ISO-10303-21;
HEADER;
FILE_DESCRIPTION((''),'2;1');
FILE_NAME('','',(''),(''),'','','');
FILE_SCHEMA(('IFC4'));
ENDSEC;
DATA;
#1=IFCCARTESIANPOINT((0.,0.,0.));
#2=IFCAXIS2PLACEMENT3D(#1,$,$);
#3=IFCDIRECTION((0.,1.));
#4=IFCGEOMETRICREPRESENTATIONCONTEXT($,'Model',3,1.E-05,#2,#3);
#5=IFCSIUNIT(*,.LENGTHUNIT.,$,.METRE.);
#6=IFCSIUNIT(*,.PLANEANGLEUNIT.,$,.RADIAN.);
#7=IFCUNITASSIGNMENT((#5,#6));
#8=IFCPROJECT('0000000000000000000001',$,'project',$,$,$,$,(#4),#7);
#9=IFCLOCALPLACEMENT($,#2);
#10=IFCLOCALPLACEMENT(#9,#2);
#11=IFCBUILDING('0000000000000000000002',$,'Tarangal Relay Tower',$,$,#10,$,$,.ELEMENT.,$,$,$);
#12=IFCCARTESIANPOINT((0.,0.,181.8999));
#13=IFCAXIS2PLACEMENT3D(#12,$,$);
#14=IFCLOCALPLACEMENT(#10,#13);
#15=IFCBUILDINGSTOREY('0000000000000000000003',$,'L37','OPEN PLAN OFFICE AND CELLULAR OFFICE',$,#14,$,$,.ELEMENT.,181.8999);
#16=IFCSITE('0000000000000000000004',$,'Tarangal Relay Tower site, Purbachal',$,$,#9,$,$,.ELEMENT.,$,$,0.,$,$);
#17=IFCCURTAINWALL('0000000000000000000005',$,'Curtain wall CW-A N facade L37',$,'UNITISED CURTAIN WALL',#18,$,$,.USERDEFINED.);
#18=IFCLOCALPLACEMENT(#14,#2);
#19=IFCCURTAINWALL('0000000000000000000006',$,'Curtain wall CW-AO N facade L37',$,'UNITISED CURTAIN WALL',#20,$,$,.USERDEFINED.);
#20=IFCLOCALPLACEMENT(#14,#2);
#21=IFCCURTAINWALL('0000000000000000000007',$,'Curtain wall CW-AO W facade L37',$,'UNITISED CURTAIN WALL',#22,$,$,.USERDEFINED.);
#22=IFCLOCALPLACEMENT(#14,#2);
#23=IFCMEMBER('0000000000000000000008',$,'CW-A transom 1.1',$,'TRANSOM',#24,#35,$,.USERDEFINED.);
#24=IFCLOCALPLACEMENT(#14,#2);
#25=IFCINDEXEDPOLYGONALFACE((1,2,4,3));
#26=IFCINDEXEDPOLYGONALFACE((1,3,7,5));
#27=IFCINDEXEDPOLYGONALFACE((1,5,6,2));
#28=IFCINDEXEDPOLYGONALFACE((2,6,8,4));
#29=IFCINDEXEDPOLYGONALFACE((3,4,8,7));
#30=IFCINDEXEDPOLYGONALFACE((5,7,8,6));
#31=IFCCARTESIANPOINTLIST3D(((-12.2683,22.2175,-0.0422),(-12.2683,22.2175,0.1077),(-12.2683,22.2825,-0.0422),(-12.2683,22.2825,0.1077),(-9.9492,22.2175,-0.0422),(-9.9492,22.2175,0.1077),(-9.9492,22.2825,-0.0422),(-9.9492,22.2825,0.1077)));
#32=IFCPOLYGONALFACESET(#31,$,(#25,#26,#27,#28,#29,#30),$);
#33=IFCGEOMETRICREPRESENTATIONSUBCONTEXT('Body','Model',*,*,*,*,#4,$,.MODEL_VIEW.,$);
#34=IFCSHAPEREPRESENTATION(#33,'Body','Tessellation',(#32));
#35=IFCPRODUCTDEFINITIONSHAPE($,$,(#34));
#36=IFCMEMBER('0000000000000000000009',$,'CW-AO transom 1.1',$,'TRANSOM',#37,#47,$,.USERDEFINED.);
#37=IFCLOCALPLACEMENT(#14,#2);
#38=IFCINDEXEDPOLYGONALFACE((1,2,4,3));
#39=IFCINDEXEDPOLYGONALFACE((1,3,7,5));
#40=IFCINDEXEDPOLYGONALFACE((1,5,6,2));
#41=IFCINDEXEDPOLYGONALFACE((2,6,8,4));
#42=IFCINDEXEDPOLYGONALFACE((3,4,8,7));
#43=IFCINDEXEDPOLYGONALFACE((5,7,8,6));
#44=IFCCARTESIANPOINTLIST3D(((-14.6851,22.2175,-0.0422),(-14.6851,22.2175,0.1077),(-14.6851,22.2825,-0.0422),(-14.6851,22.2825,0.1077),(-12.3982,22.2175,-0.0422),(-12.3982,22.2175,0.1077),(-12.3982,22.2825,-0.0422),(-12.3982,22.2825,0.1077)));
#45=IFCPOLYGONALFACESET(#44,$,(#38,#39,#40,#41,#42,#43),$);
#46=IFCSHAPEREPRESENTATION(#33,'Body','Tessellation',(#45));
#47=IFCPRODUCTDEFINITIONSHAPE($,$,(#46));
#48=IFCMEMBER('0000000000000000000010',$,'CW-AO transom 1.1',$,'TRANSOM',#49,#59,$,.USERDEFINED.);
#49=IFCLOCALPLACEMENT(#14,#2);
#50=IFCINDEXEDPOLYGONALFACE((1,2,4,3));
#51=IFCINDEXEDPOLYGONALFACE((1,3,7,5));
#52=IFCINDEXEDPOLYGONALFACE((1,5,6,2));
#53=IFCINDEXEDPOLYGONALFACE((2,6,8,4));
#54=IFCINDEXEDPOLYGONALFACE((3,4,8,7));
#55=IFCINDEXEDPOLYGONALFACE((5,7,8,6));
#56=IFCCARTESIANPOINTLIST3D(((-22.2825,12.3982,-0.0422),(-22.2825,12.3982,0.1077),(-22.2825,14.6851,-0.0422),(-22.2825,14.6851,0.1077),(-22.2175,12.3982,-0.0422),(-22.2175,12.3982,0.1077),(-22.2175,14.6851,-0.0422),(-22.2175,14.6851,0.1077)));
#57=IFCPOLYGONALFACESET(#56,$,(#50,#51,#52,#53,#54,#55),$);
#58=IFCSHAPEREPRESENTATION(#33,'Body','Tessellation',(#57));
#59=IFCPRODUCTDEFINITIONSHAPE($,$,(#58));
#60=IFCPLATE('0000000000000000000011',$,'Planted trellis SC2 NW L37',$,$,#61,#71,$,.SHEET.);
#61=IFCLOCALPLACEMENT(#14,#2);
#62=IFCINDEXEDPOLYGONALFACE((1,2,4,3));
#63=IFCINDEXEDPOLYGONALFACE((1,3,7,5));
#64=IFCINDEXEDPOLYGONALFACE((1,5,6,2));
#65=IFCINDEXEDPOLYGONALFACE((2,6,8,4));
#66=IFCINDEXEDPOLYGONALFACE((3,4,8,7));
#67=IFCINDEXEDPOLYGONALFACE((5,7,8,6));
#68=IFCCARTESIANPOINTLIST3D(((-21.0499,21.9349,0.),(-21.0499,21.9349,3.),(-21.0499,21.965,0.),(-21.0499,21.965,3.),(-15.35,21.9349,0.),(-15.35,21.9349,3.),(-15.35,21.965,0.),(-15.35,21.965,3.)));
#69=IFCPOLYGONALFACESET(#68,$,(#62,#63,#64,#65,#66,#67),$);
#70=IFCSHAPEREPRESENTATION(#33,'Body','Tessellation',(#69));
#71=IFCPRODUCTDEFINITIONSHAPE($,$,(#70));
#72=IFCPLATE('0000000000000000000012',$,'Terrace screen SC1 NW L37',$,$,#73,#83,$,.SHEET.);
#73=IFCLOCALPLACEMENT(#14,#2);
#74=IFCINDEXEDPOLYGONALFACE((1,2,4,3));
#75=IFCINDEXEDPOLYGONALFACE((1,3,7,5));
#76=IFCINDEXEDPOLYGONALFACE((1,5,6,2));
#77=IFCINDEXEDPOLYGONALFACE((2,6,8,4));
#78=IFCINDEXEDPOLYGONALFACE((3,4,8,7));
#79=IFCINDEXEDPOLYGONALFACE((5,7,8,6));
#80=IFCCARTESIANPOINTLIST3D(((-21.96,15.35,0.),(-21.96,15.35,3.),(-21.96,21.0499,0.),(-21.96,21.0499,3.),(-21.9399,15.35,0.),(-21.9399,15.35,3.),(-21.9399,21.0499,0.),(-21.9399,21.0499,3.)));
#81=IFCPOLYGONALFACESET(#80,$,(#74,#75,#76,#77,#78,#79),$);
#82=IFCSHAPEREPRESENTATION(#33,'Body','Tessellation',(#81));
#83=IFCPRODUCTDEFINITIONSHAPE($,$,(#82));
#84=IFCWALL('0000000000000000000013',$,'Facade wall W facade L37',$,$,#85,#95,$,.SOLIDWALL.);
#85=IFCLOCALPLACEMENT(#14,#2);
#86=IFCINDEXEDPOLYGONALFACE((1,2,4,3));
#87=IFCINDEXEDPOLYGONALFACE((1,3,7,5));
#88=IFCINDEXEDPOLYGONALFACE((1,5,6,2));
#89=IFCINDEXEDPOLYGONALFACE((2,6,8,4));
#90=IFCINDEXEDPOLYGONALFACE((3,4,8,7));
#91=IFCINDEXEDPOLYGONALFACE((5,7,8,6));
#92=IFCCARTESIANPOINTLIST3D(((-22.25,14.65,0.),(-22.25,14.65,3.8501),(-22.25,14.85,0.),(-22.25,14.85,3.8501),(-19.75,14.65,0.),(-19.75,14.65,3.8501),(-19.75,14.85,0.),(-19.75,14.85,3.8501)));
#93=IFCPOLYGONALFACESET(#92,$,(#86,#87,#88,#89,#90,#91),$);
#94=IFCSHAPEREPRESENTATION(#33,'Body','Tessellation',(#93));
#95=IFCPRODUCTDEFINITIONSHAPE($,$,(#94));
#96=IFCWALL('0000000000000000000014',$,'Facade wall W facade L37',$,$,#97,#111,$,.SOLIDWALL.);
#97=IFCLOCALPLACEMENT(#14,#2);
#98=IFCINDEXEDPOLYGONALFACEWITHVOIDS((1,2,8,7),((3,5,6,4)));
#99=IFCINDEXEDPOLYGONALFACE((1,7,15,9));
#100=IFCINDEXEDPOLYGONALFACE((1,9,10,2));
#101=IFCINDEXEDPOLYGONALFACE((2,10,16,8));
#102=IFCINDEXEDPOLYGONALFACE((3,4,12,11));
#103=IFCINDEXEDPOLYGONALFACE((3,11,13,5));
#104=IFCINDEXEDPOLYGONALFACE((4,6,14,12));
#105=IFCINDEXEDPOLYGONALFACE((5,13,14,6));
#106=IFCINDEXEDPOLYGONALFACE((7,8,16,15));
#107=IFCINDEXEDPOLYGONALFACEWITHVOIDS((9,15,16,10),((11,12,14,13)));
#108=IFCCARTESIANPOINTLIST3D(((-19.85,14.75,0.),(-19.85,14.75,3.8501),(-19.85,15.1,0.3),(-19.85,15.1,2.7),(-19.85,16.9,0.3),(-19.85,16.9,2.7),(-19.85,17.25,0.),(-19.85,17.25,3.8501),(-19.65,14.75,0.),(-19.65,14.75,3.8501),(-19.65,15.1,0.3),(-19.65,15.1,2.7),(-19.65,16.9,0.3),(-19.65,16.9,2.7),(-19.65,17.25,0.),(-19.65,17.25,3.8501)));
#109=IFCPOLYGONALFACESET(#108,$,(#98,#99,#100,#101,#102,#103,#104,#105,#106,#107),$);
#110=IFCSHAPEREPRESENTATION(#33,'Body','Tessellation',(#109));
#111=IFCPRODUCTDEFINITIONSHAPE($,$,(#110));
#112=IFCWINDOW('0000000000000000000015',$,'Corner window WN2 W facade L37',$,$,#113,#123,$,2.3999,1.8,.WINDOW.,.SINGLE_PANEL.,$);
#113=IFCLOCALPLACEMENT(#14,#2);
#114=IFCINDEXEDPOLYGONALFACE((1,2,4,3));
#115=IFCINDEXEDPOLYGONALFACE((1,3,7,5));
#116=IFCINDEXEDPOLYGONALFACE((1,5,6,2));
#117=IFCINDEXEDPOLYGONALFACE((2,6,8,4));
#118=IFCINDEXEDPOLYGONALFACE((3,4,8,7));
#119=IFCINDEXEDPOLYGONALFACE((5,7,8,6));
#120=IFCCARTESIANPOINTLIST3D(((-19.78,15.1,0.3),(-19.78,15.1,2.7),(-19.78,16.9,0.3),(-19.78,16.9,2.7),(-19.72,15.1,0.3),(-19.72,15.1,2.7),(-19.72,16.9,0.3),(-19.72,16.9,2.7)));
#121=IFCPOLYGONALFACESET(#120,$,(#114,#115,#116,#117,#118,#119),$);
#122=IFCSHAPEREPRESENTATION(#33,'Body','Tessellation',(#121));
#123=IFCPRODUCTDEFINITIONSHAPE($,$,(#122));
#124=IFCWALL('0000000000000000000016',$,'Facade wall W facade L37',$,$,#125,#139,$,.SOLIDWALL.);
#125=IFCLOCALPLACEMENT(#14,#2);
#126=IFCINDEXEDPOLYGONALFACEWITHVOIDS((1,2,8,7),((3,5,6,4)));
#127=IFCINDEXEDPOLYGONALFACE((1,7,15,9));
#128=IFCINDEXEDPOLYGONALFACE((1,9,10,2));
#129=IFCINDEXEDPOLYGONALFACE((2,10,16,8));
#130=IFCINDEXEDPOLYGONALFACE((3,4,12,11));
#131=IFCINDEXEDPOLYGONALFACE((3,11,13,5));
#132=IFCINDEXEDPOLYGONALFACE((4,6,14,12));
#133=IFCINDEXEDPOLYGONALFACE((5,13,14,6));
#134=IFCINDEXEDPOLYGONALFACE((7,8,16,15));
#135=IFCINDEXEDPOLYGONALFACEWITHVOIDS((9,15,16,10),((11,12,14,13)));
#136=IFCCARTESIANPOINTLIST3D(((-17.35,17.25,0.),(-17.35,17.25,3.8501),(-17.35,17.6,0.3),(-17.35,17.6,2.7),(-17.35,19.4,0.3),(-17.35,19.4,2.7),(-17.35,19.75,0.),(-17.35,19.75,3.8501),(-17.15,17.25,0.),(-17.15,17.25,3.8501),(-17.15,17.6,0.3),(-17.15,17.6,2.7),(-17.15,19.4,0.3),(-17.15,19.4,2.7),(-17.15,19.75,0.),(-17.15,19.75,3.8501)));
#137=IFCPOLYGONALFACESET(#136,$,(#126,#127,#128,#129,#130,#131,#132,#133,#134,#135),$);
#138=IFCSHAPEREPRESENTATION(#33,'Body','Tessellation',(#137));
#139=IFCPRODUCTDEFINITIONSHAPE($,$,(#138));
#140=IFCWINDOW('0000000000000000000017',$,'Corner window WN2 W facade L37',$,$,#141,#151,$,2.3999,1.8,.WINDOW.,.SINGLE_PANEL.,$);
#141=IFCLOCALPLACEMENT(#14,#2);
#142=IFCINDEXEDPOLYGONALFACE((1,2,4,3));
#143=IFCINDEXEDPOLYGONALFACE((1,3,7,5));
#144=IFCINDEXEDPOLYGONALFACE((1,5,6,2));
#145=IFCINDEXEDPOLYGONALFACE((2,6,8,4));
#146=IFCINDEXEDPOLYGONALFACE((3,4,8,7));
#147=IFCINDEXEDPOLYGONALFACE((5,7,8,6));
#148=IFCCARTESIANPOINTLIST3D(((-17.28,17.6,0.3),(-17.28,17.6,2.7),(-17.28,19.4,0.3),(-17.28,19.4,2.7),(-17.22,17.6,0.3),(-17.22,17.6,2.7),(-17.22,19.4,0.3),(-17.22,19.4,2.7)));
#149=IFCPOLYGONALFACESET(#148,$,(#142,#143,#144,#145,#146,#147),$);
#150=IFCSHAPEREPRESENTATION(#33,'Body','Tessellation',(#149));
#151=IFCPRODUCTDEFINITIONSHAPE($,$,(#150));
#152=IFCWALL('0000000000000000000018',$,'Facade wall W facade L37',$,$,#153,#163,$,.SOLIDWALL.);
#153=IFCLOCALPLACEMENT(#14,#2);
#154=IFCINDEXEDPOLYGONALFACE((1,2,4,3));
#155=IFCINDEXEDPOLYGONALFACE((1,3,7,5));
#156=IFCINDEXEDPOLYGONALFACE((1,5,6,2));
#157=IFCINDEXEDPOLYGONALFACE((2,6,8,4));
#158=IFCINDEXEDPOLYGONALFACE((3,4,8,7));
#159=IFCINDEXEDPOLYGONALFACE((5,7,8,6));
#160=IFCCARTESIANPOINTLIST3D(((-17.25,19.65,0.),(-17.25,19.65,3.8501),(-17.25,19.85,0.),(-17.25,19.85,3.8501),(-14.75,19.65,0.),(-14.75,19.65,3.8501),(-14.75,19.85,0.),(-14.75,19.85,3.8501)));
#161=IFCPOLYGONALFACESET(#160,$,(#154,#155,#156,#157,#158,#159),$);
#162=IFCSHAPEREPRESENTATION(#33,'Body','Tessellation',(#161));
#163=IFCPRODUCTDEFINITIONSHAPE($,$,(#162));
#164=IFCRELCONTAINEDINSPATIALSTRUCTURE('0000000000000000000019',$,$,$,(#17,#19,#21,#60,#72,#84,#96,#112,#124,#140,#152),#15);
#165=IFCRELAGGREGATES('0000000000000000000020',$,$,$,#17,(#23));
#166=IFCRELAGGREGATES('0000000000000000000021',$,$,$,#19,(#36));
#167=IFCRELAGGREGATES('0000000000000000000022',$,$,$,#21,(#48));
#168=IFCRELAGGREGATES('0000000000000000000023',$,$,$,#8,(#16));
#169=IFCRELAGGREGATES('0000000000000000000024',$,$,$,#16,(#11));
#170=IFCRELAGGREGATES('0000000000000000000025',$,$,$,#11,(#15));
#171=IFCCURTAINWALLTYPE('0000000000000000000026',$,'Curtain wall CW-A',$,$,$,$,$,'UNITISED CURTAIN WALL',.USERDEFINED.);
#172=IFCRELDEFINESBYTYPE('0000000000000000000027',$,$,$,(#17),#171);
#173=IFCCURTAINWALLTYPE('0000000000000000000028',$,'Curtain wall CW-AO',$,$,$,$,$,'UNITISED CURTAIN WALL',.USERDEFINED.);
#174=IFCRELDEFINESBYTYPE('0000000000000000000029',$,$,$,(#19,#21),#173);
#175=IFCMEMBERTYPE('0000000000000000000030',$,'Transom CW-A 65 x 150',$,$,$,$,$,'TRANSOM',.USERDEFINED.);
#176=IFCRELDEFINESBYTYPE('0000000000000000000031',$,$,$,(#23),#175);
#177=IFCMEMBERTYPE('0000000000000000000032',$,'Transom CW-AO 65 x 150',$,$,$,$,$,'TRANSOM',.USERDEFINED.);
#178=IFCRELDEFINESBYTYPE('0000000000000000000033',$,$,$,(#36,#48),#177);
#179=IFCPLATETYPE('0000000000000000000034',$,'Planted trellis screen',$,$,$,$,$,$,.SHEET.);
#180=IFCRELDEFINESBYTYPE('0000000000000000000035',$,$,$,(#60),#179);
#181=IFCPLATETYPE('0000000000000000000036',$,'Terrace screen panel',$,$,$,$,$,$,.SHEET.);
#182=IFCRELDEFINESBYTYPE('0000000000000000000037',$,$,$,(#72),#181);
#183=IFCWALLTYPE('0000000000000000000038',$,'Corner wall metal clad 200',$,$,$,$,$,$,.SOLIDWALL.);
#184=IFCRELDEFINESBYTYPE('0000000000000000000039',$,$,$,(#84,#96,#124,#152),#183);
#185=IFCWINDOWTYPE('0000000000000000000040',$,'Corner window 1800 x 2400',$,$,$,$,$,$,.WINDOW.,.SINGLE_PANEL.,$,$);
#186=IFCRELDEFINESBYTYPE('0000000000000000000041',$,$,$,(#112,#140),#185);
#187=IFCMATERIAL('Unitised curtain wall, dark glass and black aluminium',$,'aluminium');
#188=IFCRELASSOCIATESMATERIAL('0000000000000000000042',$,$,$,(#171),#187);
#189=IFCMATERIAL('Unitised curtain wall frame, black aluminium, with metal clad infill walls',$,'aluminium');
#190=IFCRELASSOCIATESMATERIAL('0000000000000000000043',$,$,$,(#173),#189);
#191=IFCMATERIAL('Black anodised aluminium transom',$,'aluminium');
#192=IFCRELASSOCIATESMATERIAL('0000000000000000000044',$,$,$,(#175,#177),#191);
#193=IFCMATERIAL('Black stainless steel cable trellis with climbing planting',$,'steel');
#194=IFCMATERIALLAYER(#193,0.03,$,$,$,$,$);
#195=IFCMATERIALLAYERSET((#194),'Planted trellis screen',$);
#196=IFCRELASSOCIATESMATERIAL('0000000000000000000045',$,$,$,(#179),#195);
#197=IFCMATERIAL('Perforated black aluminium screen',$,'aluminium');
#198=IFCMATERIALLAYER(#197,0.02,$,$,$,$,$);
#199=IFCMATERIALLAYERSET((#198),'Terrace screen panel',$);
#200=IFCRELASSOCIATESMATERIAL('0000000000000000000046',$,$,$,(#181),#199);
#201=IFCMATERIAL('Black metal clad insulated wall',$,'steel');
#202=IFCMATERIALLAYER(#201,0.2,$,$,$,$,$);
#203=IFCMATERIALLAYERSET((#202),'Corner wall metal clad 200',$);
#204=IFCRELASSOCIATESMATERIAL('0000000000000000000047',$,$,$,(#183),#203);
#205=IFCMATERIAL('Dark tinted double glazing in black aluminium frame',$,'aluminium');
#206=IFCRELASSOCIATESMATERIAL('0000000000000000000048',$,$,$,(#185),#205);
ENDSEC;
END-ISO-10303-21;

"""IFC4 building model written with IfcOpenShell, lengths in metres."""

from ifc_helpers import new_model, si_unit, direction, frame, frame_2d, origin, origin_2d, place, context, subcontext, project, spatial, rectangle, extrude, material, layer, layer_set, material_profile, profile_set, type_object, element, fill, aggregate, save


model = new_model("IFC4")

# Units and contexts
model_context = context("Model", 3, precision=1e-05, world=origin(), true_north=direction((0.0, 1.0)))
body_context = subcontext(model_context, "Body", "Model", "MODEL_VIEW")
ifc_project = project(units=[si_unit("LENGTHUNIT", "METRE"), si_unit("PLANEANGLEUNIT", "RADIAN")], contexts=[model_context])

# Site, building, storey
site_placement = place(None, origin())
site = spatial("IfcSite", under=ifc_project, at=site_placement, Name="Tarangal Relay Tower site, Purbachal", CompositionType="ELEMENT", RefElevation=0.0)
building_placement = place(site_placement, origin())
building = spatial("IfcBuilding", under=site, at=building_placement, Name="Tarangal Relay Tower", CompositionType="ELEMENT")
storey_placement = place(building_placement, frame((0.0, 0.0, 181.8999)))
storey = spatial("IfcBuildingStorey", under=building, at=storey_placement, Name="L37", Description="OPEN PLAN OFFICE AND CELLULAR OFFICE", CompositionType="ELEMENT", Elevation=181.8999)

# Curtain wall
ifc_material_1 = material(Name="Unitised curtain wall, dark glass and black aluminium", Category="aluminium")
curtain_wall_type_1 = type_object("IfcCurtainWallType", Name="Curtain wall CW-A", ElementType="UNITISED CURTAIN WALL", PredefinedType="USERDEFINED", material=ifc_material_1)
curtain_wall_1_placement = place(storey_placement, origin())
curtain_wall_1 = element("IfcCurtainWall", 1, at=curtain_wall_1_placement, inside=storey, type_object=curtain_wall_type_1, Name="Curtain wall CW-A N facade L37", ObjectType="UNITISED CURTAIN WALL", PredefinedType="USERDEFINED")

# Curtain walls
ifc_material_2 = material(Name="Unitised curtain wall frame, black aluminium, with metal clad infill walls", Category="aluminium")
curtain_wall_type_2 = type_object("IfcCurtainWallType", Name="Curtain wall CW-AO", ElementType="UNITISED CURTAIN WALL", PredefinedType="USERDEFINED", material=ifc_material_2)
curtain_wall_2_placement = place(storey_placement, origin())
curtain_wall_2 = element("IfcCurtainWall", 2, at=curtain_wall_2_placement, inside=storey, type_object=curtain_wall_type_2, Name="Curtain wall CW-AO N facade L37", ObjectType="UNITISED CURTAIN WALL", PredefinedType="USERDEFINED")
curtain_wall_3_placement = place(storey_placement, origin())
curtain_wall_3 = element("IfcCurtainWall", 3, at=curtain_wall_3_placement, inside=storey, type_object=curtain_wall_type_2, Name="Curtain wall CW-AO W facade L37", ObjectType="UNITISED CURTAIN WALL", PredefinedType="USERDEFINED")

# Members
ifc_material_3 = material(Name="Black anodised aluminium transom", Category="aluminium")
ifc_material_profile_1 = material_profile(ifc_material_3, rectangle(XDim=0.0649, YDim=0.1499, at=origin_2d()), Name="CW-AT 65X150")
ifc_profile_set_1 = profile_set([ifc_material_profile_1], Name="Black anodised aluminium transom")
member_type_1 = type_object("IfcMemberType", Name="Transom CW-A 65 x 150", ElementType="TRANSOM", PredefinedType="USERDEFINED", material=ifc_profile_set_1)
member_1_placement = place(storey_placement, frame((-12.2683, 22.25, 0.0327), z_axis=(1.0, 0.0, 0.0), x_axis=(0.0, 1.0, 0.0)))
member_1 = element("IfcMember", 4, at=member_1_placement, type_object=member_type_1, Name="CW-A transom 1.1", ObjectType="TRANSOM", PredefinedType="USERDEFINED", context=body_context, shape_type="SweptSolid", body=[
    extrude(rectangle(XDim=0.0649, YDim=0.1499, at=origin_2d()), origin(), (0.0, 0.0, 1.0), 2.3191),
])
aggregate(curtain_wall_1, [member_1])
ifc_material_profile_2 = material_profile(ifc_material_3, rectangle(XDim=0.0649, YDim=0.1499, at=origin_2d()), Name="CW-AOT 65X150")
ifc_profile_set_2 = profile_set([ifc_material_profile_2], Name="Black anodised aluminium transom")
member_type_2 = type_object("IfcMemberType", Name="Transom CW-AO 65 x 150", ElementType="TRANSOM", PredefinedType="USERDEFINED", material=ifc_profile_set_2)
member_2_placement = place(storey_placement, frame((-14.6851, 22.25, 0.0327), z_axis=(1.0, 0.0, 0.0), x_axis=(0.0, 1.0, 0.0)))
member_2 = element("IfcMember", 5, at=member_2_placement, type_object=member_type_2, Name="CW-AO transom 1.1", ObjectType="TRANSOM", PredefinedType="USERDEFINED", context=body_context, shape_type="SweptSolid", body=[
    extrude(rectangle(XDim=0.0649, YDim=0.1499, at=origin_2d()), origin(), (0.0, 0.0, 1.0), 2.2869),
])
aggregate(curtain_wall_2, [member_2])
member_3_placement = place(storey_placement, frame((-22.25, 12.3982, 0.0327), z_axis=(0.0, 1.0, 0.0), x_axis=(-1.0, 0.0, 0.0)))
member_3 = element("IfcMember", 6, at=member_3_placement, type_object=member_type_2, Name="CW-AO transom 1.1", ObjectType="TRANSOM", PredefinedType="USERDEFINED", context=body_context, shape_type="SweptSolid", body=[
    extrude(rectangle(XDim=0.0649, YDim=0.1499, at=origin_2d()), origin(), (0.0, 0.0, 1.0), 2.2869),
])
aggregate(curtain_wall_3, [member_3])

# Plates
ifc_material_4 = material(Name="Black stainless steel cable trellis with climbing planting", Category="steel")
ifc_layer_1 = layer(ifc_material_4, 0.03)
ifc_layer_set_1 = layer_set([ifc_layer_1], Name="Planted trellis screen")
plate_type_1 = type_object("IfcPlateType", Name="Planted trellis screen", PredefinedType="SHEET", material=ifc_layer_set_1)
plate_1_placement = place(storey_placement, frame((-18.2, 21.95, 0.0), z_axis=(0.0, 0.0, 1.0), x_axis=(1.0, 0.0, 0.0)))
element("IfcPlate", 7, at=plate_1_placement, inside=storey, type_object=plate_type_1, Name="Planted trellis SC2 NW L37", PredefinedType="SHEET", context=body_context, shape_type="SweptSolid", body=[
    extrude(rectangle(XDim=5.7, YDim=0.03, at=origin_2d()), origin(), (0.0, 0.0, 1.0), 3.0),
])
ifc_material_5 = material(Name="Perforated black aluminium screen", Category="aluminium")
ifc_layer_2 = layer(ifc_material_5, 0.02)
ifc_layer_set_2 = layer_set([ifc_layer_2], Name="Terrace screen panel")
plate_type_2 = type_object("IfcPlateType", Name="Terrace screen panel", PredefinedType="SHEET", material=ifc_layer_set_2)
plate_2_placement = place(storey_placement, frame((-21.95, 18.2, 0.0), z_axis=(0.0, 0.0, 1.0), x_axis=(0.0, 1.0, 0.0)))
element("IfcPlate", 8, at=plate_2_placement, inside=storey, type_object=plate_type_2, Name="Terrace screen SC1 NW L37", PredefinedType="SHEET", context=body_context, shape_type="SweptSolid", body=[
    extrude(rectangle(XDim=5.7, YDim=0.02, at=origin_2d()), origin(), (0.0, 0.0, 1.0), 3.0),
])

# Wall
ifc_material_6 = material(Name="Black metal clad insulated wall", Category="steel")
ifc_layer_3 = layer(ifc_material_6, 0.2)
ifc_layer_set_3 = layer_set([ifc_layer_3], Name="Corner wall metal clad 200")
wall_type_1 = type_object("IfcWallType", Name="Corner wall metal clad 200", PredefinedType="SOLIDWALL", material=ifc_layer_set_3)
wall_1_placement = place(storey_placement, frame((-22.25, 14.75, 0.0), z_axis=(0.0, 0.0, 1.0), x_axis=(1.0, 0.0, 0.0)))
element("IfcWall", 9, at=wall_1_placement, inside=storey, type_object=wall_type_1, Name="Facade wall W facade L37", PredefinedType="SOLIDWALL", context=body_context, shape_type="SweptSolid", body=[
    extrude(rectangle(XDim=2.5, YDim=0.2, at=frame_2d((1.25, 0.0))), origin(), (0.0, 0.0, 1.0), 3.8501),
])

# Wall, opening, window
wall_2_placement = place(storey_placement, frame((-19.75, 14.75, 0.0), z_axis=(0.0, 0.0, 1.0), x_axis=(0.0, 1.0, 0.0)))
wall_2 = element("IfcWall", 10, at=wall_2_placement, inside=storey, type_object=wall_type_1, Name="Facade wall W facade L37", PredefinedType="SOLIDWALL", context=body_context, shape_type="SweptSolid", body=[
    extrude(rectangle(XDim=2.5, YDim=0.2, at=frame_2d((1.25, 0.0))), origin(), (0.0, 0.0, 1.0), 3.8501),
])
opening_1_placement = place(wall_2_placement, frame((0.3501, 0.0, 0.3)))
opening_1 = element("IfcOpeningElement", 11, at=opening_1_placement, cuts=wall_2, PredefinedType="OPENING", context=body_context, shape_type="SweptSolid", body=[
    extrude(rectangle(XDim=1.8, YDim=2.3999, at=frame_2d((0.8999, 1.2))), frame((0.0, 0.1099, 0.0), z_axis=(0.0, -1.0, 0.0), x_axis=(1.0, 0.0, 0.0)), (0.0, 0.0, 1.0), 0.22),
])
ifc_material_7 = material(Name="Dark tinted double glazing in black aluminium frame", Category="aluminium")
window_type = type_object("IfcWindowType", Name="Corner window 1800 x 2400", PartitioningType="SINGLE_PANEL", PredefinedType="WINDOW", material=ifc_material_7)
window_1_placement = place(opening_1_placement, origin())
window_1 = element("IfcWindow", 12, at=window_1_placement, inside=storey, type_object=window_type, Name="Corner window WN2 W facade L37", OverallHeight=2.3999, OverallWidth=1.8, PartitioningType="SINGLE_PANEL", PredefinedType="WINDOW", context=body_context, shape_type="SweptSolid", body=[
    extrude(rectangle(XDim=1.8, YDim=2.3999, at=frame_2d((0.8999, 1.2))), frame((0.0, 0.03, 0.0), z_axis=(0.0, -1.0, 0.0), x_axis=(1.0, 0.0, 0.0)), (0.0, 0.0, 1.0), 0.0601),
])
fill(opening_1, window_1)

# Wall, opening, window
wall_3_placement = place(storey_placement, frame((-17.25, 17.25, 0.0), z_axis=(0.0, 0.0, 1.0), x_axis=(0.0, 1.0, 0.0)))
wall_3 = element("IfcWall", 13, at=wall_3_placement, inside=storey, type_object=wall_type_1, Name="Facade wall W facade L37", PredefinedType="SOLIDWALL", context=body_context, shape_type="SweptSolid", body=[
    extrude(rectangle(XDim=2.5, YDim=0.2, at=frame_2d((1.25, 0.0))), origin(), (0.0, 0.0, 1.0), 3.8501),
])
opening_2_placement = place(wall_3_placement, frame((0.3501, 0.0, 0.3)))
opening_2 = element("IfcOpeningElement", 14, at=opening_2_placement, cuts=wall_3, PredefinedType="OPENING", context=body_context, shape_type="SweptSolid", body=[
    extrude(rectangle(XDim=1.8, YDim=2.3999, at=frame_2d((0.8999, 1.2))), frame((0.0, 0.1099, 0.0), z_axis=(0.0, -1.0, 0.0), x_axis=(1.0, 0.0, 0.0)), (0.0, 0.0, 1.0), 0.22),
])
window_2_placement = place(opening_2_placement, origin())
window_2 = element("IfcWindow", 15, at=window_2_placement, inside=storey, type_object=window_type, Name="Corner window WN2 W facade L37", OverallHeight=2.3999, OverallWidth=1.8, PartitioningType="SINGLE_PANEL", PredefinedType="WINDOW", context=body_context, shape_type="SweptSolid", body=[
    extrude(rectangle(XDim=1.8, YDim=2.3999, at=frame_2d((0.8999, 1.2))), frame((0.0, 0.03, 0.0), z_axis=(0.0, -1.0, 0.0), x_axis=(1.0, 0.0, 0.0)), (0.0, 0.0, 1.0), 0.0601),
])
fill(opening_2, window_2)

# Wall
wall_4_placement = place(storey_placement, frame((-17.25, 19.75, 0.0), z_axis=(0.0, 0.0, 1.0), x_axis=(1.0, 0.0, 0.0)))
element("IfcWall", 16, at=wall_4_placement, inside=storey, type_object=wall_type_1, Name="Facade wall W facade L37", PredefinedType="SOLIDWALL", context=body_context, shape_type="SweptSolid", body=[
    extrude(rectangle(XDim=2.5, YDim=0.2, at=frame_2d((1.25, 0.0))), origin(), (0.0, 0.0, 1.0), 3.8501),
])

save(model, "model.ifc")
